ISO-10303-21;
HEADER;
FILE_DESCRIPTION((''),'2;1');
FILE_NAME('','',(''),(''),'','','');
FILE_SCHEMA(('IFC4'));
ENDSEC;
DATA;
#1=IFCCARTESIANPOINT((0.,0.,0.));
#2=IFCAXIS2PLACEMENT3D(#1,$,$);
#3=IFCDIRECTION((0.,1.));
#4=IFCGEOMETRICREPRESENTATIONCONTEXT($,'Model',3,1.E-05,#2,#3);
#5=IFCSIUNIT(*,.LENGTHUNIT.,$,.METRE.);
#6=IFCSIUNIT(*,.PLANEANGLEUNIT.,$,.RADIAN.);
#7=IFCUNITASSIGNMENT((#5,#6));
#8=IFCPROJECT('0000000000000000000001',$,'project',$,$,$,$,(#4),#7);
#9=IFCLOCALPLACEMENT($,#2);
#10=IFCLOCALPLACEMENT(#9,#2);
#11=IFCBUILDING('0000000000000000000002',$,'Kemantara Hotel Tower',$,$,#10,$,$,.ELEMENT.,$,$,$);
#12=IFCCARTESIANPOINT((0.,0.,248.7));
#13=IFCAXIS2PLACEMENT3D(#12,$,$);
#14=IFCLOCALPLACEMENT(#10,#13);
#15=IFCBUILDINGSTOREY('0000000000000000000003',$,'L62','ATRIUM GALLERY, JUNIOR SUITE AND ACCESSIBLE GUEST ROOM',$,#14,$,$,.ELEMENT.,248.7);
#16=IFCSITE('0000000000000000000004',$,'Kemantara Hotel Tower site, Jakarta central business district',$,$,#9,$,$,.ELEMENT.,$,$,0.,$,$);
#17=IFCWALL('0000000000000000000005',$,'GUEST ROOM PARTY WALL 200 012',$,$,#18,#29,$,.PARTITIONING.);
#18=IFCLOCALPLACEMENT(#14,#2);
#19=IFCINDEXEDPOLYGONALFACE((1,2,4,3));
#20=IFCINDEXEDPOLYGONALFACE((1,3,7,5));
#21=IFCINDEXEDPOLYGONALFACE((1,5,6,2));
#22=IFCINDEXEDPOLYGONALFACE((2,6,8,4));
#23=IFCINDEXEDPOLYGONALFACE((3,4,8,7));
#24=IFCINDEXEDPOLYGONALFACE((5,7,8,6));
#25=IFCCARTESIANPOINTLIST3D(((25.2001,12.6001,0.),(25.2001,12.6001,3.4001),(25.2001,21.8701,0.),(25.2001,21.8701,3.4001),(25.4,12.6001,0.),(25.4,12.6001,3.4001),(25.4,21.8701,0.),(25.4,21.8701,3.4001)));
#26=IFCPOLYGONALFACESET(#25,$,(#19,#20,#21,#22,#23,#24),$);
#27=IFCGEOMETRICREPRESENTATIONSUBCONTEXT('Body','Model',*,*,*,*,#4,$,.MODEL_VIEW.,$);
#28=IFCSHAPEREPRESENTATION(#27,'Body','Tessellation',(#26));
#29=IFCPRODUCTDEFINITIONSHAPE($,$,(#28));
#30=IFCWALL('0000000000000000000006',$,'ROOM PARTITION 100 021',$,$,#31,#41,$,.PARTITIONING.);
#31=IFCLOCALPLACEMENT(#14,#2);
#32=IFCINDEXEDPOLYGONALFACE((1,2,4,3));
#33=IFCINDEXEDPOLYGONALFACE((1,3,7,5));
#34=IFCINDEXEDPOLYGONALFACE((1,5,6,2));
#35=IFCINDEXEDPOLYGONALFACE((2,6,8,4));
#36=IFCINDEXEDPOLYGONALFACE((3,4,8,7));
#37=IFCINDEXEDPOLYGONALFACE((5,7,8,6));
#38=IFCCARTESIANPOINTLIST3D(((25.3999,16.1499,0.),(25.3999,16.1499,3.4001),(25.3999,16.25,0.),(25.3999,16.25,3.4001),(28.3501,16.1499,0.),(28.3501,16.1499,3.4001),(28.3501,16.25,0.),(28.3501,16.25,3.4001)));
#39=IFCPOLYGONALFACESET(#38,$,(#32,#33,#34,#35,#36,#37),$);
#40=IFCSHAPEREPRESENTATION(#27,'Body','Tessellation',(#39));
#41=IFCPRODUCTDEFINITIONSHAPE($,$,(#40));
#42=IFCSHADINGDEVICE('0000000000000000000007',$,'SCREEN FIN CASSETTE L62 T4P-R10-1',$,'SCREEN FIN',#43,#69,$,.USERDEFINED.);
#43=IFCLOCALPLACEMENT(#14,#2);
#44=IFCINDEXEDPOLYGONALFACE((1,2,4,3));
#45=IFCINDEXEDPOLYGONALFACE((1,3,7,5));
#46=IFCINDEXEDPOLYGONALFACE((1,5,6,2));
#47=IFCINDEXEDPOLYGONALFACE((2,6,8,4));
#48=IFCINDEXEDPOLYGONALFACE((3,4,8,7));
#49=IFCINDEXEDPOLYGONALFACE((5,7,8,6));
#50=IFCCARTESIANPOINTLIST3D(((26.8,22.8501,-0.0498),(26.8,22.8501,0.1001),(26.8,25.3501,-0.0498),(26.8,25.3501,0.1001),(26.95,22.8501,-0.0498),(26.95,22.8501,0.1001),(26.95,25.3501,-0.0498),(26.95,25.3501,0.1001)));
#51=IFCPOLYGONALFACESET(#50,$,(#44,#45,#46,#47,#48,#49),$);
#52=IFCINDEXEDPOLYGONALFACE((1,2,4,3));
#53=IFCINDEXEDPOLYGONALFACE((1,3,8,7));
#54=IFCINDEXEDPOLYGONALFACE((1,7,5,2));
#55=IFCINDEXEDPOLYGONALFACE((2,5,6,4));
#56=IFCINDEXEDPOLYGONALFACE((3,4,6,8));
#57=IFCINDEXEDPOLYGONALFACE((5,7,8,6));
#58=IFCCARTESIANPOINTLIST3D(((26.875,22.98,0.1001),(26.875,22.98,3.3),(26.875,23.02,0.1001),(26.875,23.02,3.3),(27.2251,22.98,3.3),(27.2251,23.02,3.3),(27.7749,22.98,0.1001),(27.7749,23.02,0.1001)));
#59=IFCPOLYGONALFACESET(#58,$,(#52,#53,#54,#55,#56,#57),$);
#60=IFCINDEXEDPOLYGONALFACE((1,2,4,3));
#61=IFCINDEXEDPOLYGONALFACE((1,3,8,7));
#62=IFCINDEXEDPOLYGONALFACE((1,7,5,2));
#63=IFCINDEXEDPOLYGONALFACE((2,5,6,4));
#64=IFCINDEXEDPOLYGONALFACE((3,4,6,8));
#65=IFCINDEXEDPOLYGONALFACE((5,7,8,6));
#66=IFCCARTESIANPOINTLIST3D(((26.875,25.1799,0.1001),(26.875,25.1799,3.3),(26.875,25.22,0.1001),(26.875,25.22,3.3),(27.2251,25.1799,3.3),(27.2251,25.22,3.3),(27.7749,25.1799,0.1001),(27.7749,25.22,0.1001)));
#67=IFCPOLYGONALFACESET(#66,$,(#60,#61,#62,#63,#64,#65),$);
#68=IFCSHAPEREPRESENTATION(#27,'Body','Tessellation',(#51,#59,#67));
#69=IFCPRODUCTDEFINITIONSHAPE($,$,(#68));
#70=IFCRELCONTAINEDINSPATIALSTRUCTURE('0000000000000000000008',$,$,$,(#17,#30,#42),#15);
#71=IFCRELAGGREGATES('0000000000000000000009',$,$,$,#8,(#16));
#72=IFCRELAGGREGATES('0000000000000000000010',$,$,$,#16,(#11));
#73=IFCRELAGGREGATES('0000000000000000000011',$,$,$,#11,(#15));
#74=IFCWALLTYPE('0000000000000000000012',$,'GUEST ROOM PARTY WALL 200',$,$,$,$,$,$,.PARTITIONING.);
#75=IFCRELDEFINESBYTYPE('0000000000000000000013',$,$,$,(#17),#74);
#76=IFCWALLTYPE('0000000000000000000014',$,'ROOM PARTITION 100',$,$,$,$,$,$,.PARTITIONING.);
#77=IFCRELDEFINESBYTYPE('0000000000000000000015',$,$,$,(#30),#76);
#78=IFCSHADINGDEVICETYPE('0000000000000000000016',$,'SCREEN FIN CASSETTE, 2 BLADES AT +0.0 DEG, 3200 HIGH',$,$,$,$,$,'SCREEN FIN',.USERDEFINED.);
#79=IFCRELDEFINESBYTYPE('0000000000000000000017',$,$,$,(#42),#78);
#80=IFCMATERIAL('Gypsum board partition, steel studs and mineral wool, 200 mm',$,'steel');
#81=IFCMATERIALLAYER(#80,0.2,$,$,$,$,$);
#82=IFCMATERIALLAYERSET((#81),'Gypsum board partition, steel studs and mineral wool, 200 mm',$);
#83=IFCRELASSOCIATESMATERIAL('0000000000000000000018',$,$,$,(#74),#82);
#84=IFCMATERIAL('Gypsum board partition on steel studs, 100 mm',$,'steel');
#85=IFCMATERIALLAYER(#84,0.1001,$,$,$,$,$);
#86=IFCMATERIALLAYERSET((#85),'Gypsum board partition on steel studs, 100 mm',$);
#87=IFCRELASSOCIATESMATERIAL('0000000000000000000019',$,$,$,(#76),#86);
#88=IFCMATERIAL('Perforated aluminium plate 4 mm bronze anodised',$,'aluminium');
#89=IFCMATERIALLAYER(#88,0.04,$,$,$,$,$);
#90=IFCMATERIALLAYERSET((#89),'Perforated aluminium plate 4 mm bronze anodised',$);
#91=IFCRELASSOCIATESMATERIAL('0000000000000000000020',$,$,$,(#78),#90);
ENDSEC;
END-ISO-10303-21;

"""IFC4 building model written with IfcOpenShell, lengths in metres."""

from ifc_helpers import new_model, si_unit, direction, frame, frame_2d, origin, origin_2d, place, context, subcontext, project, spatial, polyline, rectangle, outline, extrude, source, transform, mapped, material, layer, layer_set, type_object, element, save


model = new_model("IFC4")

# Units and contexts
model_context = context("Model", 3, precision=1e-05, world=origin(), true_north=direction((0.0, 1.0)))
body_context = subcontext(model_context, "Body", "Model", "MODEL_VIEW")
ifc_project = project(units=[si_unit("LENGTHUNIT", "METRE"), si_unit("PLANEANGLEUNIT", "RADIAN")], contexts=[model_context])

# Site, building, storey
site_placement = place(None, origin())
site = spatial("IfcSite", under=ifc_project, at=site_placement, Name="Kemantara Hotel Tower site, Jakarta central business district", CompositionType="ELEMENT", RefElevation=0.0)
building_placement = place(site_placement, origin())
building = spatial("IfcBuilding", under=site, at=building_placement, Name="Kemantara Hotel Tower", CompositionType="ELEMENT")
storey_placement = place(building_placement, frame((0.0, 0.0, 248.7)))
storey = spatial("IfcBuildingStorey", under=building, at=storey_placement, Name="L62", Description="ATRIUM GALLERY, JUNIOR SUITE AND ACCESSIBLE GUEST ROOM", CompositionType="ELEMENT", Elevation=248.7)

# Walls
ifc_material_1 = material(Name="Gypsum board partition, steel studs and mineral wool, 200 mm", Category="steel")
ifc_layer_1 = layer(ifc_material_1, 0.2)
ifc_layer_set_1 = layer_set([ifc_layer_1], Name="Gypsum board partition, steel studs and mineral wool, 200 mm")
wall_type_1 = type_object("IfcWallType", Name="GUEST ROOM PARTY WALL 200", PredefinedType="PARTITIONING", material=ifc_layer_set_1)
wall_1_placement = place(storey_placement, frame((25.3, 12.6001, 0.0), z_axis=(0.0, 0.0, 1.0), x_axis=(0.0, 1.0, 0.0)))
element("IfcWall", 1, at=wall_1_placement, inside=storey, type_object=wall_type_1, Name="GUEST ROOM PARTY WALL 200 012", PredefinedType="PARTITIONING", context=body_context, shape_type="SweptSolid", body=[
    extrude(rectangle(XDim=9.27, YDim=0.2, at=frame_2d((4.635, 0.0))), origin(), (0.0, 0.0, 1.0), 3.4001),
])
ifc_material_2 = material(Name="Gypsum board partition on steel studs, 100 mm", Category="steel")
ifc_layer_2 = layer(ifc_material_2, 0.1001)
ifc_layer_set_2 = layer_set([ifc_layer_2], Name="Gypsum board partition on steel studs, 100 mm")
wall_type_2 = type_object("IfcWallType", Name="ROOM PARTITION 100", PredefinedType="PARTITIONING", material=ifc_layer_set_2)
wall_2_placement = place(storey_placement, frame((25.3999, 16.2, 0.0), z_axis=(0.0, 0.0, 1.0), x_axis=(1.0, 0.0, 0.0)))
element("IfcWall", 2, at=wall_2_placement, inside=storey, type_object=wall_type_2, Name="ROOM PARTITION 100 021", PredefinedType="PARTITIONING", context=body_context, shape_type="SweptSolid", body=[
    extrude(rectangle(XDim=2.9502, YDim=0.1001, at=frame_2d((1.4751, 0.0))), origin(), (0.0, 0.0, 1.0), 3.4001),
])

# Shading device
ifc_material_3 = material(Name="Perforated aluminium plate 4 mm bronze anodised", Category="aluminium")
ifc_layer_3 = layer(ifc_material_3, 0.04)
ifc_layer_set_3 = layer_set([ifc_layer_3], Name="Perforated aluminium plate 4 mm bronze anodised")
shading_device_type = type_object("IfcShadingDeviceType", Name="SCREEN FIN CASSETTE, 2 BLADES AT +0.0 DEG, 3200 HIGH", ElementType="SCREEN FIN", PredefinedType="USERDEFINED", material=ifc_layer_set_3)
shared_shape_1 = source(origin(), body_context, "Body", "SweptSolid", [
    extrude(rectangle(XDim=2.5, YDim=0.1499, at=origin_2d()), frame((1.1001, -0.075, -0.1499), z_axis=(0.0, 0.0, 1.0), x_axis=(1.0, 0.0, 0.0)), (0.0, 0.0, 1.0), 0.1499),
    extrude(outline(polyline([(0.0, 0.0), (0.8999, 0.0), (0.3501, 3.2), (0.0, 3.2), (0.0, 0.0)])), frame((0.02, -0.075, 0.0), z_axis=(-1.0, 0.0, 0.0), x_axis=(0.0, -1.0, 0.0)), (0.0, 0.0, 1.0), 0.04),
    extrude(outline(polyline([(0.0, 0.0), (0.8999, 0.0), (0.3501, 3.2), (0.0, 3.2), (0.0, 0.0)])), frame((2.22, -0.075, 0.0), z_axis=(-1.0, 0.0, 0.0), x_axis=(0.0, -1.0, 0.0)), (0.0, 0.0, 1.0), 0.04),
])
shading_device_placement = place(storey_placement, frame((26.8, 23.0, 0.1001), z_axis=(0.0, 0.0, 1.0), x_axis=(0.0, 1.0, 0.0)))
element("IfcShadingDevice", 3, at=shading_device_placement, inside=storey, type_object=shading_device_type, Name="SCREEN FIN CASSETTE L62 T4P-R10-1", ObjectType="SCREEN FIN", PredefinedType="USERDEFINED", context=body_context, shape_type="MappedRepresentation", body=[
    mapped(shared_shape_1, transform((0.0, 0.0, 0.0))),
])

save(model, "model.ifc")
